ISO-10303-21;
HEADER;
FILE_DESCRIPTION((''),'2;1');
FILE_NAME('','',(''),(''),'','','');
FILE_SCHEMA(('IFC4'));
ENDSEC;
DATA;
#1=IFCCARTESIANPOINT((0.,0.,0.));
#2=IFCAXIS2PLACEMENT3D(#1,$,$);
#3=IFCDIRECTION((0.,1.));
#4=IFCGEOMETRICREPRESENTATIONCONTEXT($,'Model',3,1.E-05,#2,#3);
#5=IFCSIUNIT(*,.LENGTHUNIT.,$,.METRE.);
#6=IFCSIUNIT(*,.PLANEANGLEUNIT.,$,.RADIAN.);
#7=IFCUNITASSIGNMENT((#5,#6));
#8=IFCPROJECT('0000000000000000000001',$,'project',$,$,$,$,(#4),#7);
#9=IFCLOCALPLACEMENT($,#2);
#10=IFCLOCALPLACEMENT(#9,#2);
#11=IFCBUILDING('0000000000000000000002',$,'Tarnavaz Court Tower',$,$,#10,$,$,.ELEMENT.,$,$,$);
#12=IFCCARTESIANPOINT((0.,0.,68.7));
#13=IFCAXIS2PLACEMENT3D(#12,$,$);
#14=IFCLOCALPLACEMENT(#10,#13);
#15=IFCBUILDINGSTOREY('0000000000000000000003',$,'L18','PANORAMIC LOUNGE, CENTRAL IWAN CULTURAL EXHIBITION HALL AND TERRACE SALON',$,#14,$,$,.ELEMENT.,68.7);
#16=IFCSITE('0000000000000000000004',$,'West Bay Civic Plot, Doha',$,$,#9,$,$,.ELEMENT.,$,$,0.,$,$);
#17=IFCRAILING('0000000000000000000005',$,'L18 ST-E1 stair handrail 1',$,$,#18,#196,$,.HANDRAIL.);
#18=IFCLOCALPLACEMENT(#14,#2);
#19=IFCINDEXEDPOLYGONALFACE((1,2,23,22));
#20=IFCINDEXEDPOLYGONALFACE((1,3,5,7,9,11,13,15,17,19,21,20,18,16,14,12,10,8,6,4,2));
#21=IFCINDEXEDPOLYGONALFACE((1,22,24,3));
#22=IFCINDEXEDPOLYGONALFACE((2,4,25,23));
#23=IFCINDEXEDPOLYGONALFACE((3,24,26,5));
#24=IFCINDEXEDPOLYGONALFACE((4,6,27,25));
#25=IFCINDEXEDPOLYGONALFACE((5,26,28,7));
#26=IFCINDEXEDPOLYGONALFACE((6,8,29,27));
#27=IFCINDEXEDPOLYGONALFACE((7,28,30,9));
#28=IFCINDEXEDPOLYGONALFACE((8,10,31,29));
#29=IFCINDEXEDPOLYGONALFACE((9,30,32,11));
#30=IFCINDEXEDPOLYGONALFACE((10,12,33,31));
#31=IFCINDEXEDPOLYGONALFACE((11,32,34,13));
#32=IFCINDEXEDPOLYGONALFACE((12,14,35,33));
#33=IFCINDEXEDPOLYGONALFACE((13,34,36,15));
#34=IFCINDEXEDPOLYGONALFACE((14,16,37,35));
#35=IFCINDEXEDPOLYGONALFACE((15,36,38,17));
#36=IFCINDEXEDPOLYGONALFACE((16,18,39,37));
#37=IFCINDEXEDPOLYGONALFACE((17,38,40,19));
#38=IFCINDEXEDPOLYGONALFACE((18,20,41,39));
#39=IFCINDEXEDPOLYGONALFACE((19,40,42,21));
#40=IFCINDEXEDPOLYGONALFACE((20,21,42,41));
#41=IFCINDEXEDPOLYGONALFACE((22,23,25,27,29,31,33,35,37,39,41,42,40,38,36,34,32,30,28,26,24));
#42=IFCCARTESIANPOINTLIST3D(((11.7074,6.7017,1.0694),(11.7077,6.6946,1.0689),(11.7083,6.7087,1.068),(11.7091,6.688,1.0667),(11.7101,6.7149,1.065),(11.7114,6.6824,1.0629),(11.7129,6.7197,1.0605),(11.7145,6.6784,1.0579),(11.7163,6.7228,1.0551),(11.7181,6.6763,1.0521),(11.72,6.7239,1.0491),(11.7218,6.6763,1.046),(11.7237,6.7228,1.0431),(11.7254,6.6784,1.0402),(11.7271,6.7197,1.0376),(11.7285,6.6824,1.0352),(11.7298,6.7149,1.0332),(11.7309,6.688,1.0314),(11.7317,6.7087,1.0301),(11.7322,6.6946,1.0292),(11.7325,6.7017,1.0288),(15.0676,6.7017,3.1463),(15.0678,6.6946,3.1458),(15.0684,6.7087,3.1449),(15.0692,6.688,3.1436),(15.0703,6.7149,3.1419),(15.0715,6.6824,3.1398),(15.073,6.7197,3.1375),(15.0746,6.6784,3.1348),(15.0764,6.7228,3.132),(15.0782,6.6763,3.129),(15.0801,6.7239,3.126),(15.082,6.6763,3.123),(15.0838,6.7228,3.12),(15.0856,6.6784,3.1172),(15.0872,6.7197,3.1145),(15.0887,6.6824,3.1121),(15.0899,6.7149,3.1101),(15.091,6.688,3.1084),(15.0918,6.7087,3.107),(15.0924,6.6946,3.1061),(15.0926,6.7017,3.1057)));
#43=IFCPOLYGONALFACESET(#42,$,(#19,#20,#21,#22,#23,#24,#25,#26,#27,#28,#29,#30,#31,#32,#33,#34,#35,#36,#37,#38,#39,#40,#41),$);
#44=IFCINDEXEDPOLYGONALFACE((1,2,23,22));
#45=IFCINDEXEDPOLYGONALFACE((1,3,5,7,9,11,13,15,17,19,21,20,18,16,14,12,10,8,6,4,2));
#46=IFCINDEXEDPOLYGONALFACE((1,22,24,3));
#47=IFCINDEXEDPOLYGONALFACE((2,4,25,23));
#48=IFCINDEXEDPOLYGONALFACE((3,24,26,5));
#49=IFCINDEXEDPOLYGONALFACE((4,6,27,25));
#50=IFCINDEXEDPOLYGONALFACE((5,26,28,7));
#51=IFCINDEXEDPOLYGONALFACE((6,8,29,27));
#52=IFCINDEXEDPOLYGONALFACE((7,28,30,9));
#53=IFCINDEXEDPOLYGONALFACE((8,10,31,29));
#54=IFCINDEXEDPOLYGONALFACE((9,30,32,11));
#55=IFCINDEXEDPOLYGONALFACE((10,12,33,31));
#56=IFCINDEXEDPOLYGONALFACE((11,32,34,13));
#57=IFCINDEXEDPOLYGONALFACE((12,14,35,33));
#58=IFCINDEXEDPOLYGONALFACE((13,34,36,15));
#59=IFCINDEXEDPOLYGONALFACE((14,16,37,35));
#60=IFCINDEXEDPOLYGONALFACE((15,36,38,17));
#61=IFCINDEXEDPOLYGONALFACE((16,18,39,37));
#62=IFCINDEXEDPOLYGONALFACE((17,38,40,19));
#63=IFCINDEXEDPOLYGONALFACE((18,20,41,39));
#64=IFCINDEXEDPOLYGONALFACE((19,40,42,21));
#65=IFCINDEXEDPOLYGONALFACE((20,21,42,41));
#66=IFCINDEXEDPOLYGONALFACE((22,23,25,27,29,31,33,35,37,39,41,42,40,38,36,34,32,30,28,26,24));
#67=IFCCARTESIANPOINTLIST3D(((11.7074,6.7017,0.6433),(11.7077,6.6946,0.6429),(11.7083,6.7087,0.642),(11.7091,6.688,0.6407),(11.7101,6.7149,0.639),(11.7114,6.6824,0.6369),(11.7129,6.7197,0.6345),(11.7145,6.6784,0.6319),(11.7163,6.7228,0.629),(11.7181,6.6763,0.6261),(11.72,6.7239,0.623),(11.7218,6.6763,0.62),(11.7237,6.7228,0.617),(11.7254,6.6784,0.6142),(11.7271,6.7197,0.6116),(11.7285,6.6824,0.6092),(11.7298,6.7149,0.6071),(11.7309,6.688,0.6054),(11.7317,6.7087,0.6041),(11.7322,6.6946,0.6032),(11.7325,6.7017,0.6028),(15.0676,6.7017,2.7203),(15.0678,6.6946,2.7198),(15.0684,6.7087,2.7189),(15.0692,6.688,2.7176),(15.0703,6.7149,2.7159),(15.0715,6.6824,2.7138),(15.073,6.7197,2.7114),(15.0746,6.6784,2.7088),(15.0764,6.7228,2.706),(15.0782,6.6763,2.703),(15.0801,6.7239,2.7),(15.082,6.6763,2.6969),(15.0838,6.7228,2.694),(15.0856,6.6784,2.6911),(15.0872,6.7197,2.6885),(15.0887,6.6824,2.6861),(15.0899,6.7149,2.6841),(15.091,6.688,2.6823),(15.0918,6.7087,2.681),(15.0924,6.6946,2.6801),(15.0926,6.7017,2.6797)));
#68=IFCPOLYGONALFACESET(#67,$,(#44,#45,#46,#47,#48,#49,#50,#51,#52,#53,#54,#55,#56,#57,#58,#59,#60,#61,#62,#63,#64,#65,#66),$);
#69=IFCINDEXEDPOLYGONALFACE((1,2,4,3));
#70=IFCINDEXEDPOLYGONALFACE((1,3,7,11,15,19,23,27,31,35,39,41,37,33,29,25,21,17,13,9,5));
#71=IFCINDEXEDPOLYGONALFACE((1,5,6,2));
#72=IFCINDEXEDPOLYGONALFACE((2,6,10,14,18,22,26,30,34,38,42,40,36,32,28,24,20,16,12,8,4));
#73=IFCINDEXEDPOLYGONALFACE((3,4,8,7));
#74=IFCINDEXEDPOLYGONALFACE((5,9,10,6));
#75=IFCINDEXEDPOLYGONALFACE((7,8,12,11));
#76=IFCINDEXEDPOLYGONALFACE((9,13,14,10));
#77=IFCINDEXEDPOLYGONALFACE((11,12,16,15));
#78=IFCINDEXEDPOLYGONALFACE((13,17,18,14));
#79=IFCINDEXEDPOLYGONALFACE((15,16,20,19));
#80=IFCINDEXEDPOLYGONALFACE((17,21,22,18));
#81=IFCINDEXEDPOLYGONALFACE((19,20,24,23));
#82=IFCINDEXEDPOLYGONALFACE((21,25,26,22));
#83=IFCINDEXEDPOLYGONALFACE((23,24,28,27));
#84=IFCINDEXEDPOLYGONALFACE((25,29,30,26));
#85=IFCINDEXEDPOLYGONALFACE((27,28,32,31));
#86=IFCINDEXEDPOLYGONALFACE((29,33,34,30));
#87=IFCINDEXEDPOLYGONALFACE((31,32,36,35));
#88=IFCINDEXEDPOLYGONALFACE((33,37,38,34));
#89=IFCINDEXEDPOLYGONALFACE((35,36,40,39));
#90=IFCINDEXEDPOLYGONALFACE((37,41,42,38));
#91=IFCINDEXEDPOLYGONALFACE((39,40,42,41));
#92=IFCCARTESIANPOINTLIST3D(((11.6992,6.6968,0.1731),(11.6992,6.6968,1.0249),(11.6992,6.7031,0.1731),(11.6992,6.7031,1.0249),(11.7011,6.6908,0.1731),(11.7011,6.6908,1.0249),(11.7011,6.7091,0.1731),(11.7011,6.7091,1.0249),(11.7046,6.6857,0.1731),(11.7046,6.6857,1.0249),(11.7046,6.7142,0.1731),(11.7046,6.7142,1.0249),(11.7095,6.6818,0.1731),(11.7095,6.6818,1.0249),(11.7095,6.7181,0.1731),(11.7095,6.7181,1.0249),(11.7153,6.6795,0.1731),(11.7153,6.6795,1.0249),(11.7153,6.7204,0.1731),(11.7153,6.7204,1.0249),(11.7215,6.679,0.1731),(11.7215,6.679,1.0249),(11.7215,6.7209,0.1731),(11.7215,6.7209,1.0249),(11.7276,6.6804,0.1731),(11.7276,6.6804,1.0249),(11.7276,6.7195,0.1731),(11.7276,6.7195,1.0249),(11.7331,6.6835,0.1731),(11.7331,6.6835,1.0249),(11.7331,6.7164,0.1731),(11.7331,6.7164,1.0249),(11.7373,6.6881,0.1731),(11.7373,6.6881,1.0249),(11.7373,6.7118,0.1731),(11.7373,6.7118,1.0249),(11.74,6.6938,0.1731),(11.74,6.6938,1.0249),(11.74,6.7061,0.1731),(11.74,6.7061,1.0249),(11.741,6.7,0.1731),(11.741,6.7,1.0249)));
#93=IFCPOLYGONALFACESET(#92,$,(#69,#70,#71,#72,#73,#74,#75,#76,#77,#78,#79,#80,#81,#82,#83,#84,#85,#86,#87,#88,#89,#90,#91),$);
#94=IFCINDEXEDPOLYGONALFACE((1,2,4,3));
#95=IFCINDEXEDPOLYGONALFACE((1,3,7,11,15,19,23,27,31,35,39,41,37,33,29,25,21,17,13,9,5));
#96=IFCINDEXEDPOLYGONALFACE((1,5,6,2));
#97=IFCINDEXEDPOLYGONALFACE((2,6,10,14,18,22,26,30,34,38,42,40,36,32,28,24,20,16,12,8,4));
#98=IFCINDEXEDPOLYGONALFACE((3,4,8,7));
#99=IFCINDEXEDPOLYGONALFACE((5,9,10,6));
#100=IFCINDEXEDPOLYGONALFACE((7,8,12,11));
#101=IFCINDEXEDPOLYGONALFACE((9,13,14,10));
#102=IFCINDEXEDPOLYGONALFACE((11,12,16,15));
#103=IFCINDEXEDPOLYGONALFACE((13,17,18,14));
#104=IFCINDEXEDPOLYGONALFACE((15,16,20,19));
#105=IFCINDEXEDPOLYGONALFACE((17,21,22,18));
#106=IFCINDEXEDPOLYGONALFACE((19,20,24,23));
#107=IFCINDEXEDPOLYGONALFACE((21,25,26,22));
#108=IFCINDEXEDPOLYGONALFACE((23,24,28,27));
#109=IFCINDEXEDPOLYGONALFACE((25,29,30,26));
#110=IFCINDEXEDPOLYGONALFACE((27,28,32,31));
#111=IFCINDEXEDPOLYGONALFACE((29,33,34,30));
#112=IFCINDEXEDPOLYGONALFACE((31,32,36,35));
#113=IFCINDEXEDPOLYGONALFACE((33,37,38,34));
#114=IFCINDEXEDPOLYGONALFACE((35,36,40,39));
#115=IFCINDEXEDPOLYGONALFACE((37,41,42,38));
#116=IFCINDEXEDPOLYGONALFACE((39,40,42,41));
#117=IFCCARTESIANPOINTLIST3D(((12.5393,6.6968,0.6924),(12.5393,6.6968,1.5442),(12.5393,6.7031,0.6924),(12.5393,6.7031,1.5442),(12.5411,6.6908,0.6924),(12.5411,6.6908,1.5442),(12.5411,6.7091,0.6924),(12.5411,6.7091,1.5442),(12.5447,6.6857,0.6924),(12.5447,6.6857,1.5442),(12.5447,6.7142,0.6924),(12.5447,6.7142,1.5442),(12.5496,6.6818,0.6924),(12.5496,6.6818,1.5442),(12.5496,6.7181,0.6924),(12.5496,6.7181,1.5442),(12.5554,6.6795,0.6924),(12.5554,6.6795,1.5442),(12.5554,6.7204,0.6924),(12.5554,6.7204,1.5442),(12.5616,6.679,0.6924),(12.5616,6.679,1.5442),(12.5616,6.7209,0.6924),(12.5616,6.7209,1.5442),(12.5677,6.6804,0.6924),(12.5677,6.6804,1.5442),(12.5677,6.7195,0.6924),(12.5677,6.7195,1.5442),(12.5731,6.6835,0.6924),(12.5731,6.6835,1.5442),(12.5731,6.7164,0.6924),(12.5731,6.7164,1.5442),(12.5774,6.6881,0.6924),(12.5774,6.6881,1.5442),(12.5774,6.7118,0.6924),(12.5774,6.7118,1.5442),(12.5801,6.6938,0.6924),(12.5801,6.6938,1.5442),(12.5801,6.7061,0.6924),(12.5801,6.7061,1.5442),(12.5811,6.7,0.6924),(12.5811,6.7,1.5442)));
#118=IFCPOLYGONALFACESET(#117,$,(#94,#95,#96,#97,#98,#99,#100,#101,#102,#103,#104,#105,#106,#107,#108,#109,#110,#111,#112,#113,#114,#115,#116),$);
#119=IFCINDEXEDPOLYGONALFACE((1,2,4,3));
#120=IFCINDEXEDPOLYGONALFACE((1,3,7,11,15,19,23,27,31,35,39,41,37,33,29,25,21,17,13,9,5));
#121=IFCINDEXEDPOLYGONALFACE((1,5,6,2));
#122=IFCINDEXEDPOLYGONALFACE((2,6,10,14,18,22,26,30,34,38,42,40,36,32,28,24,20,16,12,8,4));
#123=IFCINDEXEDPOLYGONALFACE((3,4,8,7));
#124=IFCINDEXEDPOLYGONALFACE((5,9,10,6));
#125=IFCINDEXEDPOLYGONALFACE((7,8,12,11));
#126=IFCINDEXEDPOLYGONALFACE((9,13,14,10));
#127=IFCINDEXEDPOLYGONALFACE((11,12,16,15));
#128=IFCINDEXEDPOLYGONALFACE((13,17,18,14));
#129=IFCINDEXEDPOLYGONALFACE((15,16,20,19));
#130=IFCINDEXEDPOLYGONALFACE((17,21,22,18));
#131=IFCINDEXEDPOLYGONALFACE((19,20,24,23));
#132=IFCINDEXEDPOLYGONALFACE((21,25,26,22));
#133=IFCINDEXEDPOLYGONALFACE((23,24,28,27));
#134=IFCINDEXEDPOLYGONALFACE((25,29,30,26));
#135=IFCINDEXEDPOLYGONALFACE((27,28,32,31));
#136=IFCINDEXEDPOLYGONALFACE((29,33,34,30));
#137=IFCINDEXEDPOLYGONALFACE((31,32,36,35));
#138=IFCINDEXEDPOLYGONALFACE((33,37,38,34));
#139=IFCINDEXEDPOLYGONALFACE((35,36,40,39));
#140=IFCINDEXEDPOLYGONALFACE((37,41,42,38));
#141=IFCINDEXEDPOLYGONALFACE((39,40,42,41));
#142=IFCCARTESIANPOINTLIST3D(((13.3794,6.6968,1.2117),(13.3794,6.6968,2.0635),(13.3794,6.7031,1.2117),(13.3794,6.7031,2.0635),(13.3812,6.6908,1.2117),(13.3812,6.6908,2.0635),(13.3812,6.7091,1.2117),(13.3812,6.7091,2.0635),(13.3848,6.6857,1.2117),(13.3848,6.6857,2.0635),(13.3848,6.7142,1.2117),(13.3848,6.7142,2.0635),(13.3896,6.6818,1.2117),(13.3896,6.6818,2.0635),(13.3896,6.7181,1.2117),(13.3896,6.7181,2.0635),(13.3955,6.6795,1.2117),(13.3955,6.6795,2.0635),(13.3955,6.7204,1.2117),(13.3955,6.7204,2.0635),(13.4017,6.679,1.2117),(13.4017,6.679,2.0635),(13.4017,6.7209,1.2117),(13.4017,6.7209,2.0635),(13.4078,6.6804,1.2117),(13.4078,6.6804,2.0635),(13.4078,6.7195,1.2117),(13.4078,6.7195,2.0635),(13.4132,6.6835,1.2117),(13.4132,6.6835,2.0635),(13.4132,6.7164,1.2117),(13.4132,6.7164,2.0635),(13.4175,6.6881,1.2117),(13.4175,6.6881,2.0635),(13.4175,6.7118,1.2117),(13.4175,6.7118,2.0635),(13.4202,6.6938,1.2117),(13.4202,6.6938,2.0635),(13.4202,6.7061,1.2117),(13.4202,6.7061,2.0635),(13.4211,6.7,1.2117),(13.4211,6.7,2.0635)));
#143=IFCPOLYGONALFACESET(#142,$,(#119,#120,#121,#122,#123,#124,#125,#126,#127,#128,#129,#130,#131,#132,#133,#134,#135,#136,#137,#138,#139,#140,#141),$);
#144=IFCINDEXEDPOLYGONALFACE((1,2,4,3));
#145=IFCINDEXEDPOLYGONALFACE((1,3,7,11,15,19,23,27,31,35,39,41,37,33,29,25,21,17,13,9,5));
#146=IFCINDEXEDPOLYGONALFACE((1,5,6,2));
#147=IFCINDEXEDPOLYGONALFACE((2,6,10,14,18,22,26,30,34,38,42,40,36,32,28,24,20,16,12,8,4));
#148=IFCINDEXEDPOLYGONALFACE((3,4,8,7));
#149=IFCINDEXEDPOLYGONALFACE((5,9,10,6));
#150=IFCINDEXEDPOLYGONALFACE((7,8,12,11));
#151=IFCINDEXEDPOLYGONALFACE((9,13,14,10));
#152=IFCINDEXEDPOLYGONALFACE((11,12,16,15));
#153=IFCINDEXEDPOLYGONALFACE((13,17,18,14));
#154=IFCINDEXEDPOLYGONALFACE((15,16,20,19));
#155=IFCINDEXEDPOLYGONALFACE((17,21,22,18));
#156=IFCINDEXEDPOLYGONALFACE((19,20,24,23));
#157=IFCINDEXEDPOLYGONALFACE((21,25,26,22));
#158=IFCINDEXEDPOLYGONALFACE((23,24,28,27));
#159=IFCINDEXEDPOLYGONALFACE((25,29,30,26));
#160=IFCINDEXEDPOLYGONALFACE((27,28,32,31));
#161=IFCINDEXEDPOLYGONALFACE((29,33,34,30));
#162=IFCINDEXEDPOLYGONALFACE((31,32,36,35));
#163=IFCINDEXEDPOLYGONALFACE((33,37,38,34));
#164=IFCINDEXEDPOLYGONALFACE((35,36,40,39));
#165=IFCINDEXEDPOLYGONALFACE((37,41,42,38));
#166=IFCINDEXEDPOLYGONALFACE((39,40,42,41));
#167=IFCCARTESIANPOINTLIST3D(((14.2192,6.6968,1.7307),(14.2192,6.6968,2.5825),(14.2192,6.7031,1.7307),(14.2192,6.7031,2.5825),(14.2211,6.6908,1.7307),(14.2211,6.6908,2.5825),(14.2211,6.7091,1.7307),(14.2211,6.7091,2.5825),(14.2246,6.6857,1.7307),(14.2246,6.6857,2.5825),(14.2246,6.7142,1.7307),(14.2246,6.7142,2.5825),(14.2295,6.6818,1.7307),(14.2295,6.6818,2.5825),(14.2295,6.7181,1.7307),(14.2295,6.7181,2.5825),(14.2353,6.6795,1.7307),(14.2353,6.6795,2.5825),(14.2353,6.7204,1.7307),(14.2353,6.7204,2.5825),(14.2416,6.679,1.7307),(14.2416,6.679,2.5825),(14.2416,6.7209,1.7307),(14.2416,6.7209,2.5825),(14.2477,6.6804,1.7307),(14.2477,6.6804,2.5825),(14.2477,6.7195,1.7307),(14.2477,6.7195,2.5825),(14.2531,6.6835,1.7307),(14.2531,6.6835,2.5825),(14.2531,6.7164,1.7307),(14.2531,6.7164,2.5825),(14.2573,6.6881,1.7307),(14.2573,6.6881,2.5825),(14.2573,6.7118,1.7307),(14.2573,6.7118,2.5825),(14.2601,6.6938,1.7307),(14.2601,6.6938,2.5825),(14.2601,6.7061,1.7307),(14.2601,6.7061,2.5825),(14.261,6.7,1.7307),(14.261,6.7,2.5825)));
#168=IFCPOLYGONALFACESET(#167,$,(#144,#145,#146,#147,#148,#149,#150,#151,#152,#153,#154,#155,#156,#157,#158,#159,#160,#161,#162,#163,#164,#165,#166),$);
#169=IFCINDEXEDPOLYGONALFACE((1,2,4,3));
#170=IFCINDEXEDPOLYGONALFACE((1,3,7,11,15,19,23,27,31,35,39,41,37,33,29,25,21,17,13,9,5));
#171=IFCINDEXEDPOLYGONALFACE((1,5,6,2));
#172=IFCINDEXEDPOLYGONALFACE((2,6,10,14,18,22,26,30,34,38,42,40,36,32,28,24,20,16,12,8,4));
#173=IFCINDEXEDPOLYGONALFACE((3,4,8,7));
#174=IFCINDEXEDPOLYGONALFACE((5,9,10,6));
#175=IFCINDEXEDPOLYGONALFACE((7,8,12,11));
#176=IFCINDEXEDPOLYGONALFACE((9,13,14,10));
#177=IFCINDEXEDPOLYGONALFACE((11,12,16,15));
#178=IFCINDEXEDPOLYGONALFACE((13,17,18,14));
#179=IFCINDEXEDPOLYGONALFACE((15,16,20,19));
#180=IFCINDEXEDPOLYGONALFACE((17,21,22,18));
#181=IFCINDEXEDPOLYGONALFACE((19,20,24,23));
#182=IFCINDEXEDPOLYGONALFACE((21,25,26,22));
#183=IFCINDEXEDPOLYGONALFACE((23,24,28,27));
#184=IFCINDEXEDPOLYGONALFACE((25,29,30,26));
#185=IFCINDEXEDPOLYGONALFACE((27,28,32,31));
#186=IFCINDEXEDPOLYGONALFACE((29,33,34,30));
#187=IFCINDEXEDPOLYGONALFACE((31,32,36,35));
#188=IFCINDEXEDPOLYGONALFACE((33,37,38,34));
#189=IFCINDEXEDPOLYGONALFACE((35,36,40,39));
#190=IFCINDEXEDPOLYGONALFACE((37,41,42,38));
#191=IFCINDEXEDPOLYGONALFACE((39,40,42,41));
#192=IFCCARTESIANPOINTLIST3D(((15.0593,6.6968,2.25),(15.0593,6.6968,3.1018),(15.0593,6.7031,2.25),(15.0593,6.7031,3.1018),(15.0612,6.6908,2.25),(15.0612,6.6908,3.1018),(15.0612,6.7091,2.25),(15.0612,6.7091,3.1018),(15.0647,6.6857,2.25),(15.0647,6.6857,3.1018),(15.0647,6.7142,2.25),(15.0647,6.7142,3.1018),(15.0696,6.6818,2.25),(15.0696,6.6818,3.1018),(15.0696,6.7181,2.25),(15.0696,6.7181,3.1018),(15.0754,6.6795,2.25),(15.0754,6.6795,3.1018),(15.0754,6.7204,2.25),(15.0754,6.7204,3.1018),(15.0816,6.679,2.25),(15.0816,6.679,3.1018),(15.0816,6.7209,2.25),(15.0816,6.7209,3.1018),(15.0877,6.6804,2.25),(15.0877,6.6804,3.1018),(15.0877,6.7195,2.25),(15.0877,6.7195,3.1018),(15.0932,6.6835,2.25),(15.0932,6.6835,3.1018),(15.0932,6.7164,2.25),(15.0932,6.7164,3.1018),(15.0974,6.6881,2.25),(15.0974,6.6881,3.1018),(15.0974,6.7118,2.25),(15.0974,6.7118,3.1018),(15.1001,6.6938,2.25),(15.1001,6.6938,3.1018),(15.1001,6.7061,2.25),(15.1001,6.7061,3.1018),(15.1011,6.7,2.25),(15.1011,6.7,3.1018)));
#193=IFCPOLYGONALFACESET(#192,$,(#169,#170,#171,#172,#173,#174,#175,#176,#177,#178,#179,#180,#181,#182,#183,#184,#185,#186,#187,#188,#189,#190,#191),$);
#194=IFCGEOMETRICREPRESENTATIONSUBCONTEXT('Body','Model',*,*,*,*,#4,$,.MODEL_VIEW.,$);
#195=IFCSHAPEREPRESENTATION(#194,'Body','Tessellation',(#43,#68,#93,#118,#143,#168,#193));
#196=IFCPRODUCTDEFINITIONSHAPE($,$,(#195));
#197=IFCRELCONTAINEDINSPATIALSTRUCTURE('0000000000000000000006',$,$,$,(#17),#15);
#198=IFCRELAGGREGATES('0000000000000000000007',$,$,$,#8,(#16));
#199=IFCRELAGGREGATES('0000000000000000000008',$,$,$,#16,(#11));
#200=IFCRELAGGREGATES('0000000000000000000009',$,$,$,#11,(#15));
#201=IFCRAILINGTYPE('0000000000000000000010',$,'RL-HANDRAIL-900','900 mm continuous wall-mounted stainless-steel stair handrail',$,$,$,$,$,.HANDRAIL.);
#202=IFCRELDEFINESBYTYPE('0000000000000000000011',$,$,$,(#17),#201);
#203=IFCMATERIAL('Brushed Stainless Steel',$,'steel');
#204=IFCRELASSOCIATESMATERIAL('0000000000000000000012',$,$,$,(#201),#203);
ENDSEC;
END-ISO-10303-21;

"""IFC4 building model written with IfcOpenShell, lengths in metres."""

from ifc_helpers import new_model, si_unit, direction, frame, origin, origin_2d, place, context, subcontext, project, spatial, circle, extrude, material, type_object, element, save


model = new_model("IFC4")

# Units and contexts
model_context = context("Model", 3, precision=1e-05, world=origin(), true_north=direction((0.0, 1.0)))
body_context = subcontext(model_context, "Body", "Model", "MODEL_VIEW")
ifc_project = project(units=[si_unit("LENGTHUNIT", "METRE"), si_unit("PLANEANGLEUNIT", "RADIAN")], contexts=[model_context])

# Site, building, storey
site_placement = place(None, origin())
site = spatial("IfcSite", under=ifc_project, at=site_placement, Name="West Bay Civic Plot, Doha", CompositionType="ELEMENT", RefElevation=0.0)
building_placement = place(site_placement, origin())
building = spatial("IfcBuilding", under=site, at=building_placement, Name="Tarnavaz Court Tower", CompositionType="ELEMENT")
storey_placement = place(building_placement, frame((0.0, 0.0, 68.7)))
storey = spatial("IfcBuildingStorey", under=building, at=storey_placement, Name="L18", Description="PANORAMIC LOUNGE, CENTRAL IWAN CULTURAL EXHIBITION HALL AND TERRACE SALON", CompositionType="ELEMENT", Elevation=68.7)

# Railing
ifc_material_1 = material(Name="Brushed Stainless Steel", Category="steel")
railing_type_1 = type_object("IfcRailingType", Name="RL-HANDRAIL-900", Description="900 mm continuous wall-mounted stainless-steel stair handrail", PredefinedType="HANDRAIL", material=ifc_material_1)
railing_1_placement = place(storey_placement, frame((11.72, 6.7, 0.1731)))
element("IfcRailing", 1, at=railing_1_placement, inside=storey, type_object=railing_type_1, Name="L18 ST-E1 stair handrail 1", PredefinedType="HANDRAIL", context=body_context, shape_type="SweptSolid", body=[
    extrude(circle(Radius=0.0239, at=origin_2d()), frame((0.0, 0.0, 0.876), z_axis=(0.850623, 0.0, 0.525776), x_axis=(0.0, 1.0, 0.0)), (0.0, 0.0, 1.0), 3.9502),
    extrude(circle(Radius=0.0239, at=origin_2d()), frame((0.0, 0.0, 0.45), z_axis=(0.850623, 0.0, 0.525776), x_axis=(0.0, 1.0, 0.0)), (0.0, 0.0, 1.0), 3.9502),
    extrude(circle(Radius=0.021, at=origin_2d()), origin(), (0.0, 0.0, 1.0), 0.8518),
    extrude(circle(Radius=0.021, at=origin_2d()), frame((0.8401, 0.0, 0.5193)), (0.0, 0.0, 1.0), 0.8518),
    extrude(circle(Radius=0.021, at=origin_2d()), frame((1.6802, 0.0, 1.0386)), (0.0, 0.0, 1.0), 0.8518),
    extrude(circle(Radius=0.021, at=origin_2d()), frame((2.52, 0.0, 1.5576)), (0.0, 0.0, 1.0), 0.8518),
    extrude(circle(Radius=0.021, at=origin_2d()), frame((3.3601, 0.0, 2.0769)), (0.0, 0.0, 1.0), 0.8518),
])

save(model, "model.ifc")
